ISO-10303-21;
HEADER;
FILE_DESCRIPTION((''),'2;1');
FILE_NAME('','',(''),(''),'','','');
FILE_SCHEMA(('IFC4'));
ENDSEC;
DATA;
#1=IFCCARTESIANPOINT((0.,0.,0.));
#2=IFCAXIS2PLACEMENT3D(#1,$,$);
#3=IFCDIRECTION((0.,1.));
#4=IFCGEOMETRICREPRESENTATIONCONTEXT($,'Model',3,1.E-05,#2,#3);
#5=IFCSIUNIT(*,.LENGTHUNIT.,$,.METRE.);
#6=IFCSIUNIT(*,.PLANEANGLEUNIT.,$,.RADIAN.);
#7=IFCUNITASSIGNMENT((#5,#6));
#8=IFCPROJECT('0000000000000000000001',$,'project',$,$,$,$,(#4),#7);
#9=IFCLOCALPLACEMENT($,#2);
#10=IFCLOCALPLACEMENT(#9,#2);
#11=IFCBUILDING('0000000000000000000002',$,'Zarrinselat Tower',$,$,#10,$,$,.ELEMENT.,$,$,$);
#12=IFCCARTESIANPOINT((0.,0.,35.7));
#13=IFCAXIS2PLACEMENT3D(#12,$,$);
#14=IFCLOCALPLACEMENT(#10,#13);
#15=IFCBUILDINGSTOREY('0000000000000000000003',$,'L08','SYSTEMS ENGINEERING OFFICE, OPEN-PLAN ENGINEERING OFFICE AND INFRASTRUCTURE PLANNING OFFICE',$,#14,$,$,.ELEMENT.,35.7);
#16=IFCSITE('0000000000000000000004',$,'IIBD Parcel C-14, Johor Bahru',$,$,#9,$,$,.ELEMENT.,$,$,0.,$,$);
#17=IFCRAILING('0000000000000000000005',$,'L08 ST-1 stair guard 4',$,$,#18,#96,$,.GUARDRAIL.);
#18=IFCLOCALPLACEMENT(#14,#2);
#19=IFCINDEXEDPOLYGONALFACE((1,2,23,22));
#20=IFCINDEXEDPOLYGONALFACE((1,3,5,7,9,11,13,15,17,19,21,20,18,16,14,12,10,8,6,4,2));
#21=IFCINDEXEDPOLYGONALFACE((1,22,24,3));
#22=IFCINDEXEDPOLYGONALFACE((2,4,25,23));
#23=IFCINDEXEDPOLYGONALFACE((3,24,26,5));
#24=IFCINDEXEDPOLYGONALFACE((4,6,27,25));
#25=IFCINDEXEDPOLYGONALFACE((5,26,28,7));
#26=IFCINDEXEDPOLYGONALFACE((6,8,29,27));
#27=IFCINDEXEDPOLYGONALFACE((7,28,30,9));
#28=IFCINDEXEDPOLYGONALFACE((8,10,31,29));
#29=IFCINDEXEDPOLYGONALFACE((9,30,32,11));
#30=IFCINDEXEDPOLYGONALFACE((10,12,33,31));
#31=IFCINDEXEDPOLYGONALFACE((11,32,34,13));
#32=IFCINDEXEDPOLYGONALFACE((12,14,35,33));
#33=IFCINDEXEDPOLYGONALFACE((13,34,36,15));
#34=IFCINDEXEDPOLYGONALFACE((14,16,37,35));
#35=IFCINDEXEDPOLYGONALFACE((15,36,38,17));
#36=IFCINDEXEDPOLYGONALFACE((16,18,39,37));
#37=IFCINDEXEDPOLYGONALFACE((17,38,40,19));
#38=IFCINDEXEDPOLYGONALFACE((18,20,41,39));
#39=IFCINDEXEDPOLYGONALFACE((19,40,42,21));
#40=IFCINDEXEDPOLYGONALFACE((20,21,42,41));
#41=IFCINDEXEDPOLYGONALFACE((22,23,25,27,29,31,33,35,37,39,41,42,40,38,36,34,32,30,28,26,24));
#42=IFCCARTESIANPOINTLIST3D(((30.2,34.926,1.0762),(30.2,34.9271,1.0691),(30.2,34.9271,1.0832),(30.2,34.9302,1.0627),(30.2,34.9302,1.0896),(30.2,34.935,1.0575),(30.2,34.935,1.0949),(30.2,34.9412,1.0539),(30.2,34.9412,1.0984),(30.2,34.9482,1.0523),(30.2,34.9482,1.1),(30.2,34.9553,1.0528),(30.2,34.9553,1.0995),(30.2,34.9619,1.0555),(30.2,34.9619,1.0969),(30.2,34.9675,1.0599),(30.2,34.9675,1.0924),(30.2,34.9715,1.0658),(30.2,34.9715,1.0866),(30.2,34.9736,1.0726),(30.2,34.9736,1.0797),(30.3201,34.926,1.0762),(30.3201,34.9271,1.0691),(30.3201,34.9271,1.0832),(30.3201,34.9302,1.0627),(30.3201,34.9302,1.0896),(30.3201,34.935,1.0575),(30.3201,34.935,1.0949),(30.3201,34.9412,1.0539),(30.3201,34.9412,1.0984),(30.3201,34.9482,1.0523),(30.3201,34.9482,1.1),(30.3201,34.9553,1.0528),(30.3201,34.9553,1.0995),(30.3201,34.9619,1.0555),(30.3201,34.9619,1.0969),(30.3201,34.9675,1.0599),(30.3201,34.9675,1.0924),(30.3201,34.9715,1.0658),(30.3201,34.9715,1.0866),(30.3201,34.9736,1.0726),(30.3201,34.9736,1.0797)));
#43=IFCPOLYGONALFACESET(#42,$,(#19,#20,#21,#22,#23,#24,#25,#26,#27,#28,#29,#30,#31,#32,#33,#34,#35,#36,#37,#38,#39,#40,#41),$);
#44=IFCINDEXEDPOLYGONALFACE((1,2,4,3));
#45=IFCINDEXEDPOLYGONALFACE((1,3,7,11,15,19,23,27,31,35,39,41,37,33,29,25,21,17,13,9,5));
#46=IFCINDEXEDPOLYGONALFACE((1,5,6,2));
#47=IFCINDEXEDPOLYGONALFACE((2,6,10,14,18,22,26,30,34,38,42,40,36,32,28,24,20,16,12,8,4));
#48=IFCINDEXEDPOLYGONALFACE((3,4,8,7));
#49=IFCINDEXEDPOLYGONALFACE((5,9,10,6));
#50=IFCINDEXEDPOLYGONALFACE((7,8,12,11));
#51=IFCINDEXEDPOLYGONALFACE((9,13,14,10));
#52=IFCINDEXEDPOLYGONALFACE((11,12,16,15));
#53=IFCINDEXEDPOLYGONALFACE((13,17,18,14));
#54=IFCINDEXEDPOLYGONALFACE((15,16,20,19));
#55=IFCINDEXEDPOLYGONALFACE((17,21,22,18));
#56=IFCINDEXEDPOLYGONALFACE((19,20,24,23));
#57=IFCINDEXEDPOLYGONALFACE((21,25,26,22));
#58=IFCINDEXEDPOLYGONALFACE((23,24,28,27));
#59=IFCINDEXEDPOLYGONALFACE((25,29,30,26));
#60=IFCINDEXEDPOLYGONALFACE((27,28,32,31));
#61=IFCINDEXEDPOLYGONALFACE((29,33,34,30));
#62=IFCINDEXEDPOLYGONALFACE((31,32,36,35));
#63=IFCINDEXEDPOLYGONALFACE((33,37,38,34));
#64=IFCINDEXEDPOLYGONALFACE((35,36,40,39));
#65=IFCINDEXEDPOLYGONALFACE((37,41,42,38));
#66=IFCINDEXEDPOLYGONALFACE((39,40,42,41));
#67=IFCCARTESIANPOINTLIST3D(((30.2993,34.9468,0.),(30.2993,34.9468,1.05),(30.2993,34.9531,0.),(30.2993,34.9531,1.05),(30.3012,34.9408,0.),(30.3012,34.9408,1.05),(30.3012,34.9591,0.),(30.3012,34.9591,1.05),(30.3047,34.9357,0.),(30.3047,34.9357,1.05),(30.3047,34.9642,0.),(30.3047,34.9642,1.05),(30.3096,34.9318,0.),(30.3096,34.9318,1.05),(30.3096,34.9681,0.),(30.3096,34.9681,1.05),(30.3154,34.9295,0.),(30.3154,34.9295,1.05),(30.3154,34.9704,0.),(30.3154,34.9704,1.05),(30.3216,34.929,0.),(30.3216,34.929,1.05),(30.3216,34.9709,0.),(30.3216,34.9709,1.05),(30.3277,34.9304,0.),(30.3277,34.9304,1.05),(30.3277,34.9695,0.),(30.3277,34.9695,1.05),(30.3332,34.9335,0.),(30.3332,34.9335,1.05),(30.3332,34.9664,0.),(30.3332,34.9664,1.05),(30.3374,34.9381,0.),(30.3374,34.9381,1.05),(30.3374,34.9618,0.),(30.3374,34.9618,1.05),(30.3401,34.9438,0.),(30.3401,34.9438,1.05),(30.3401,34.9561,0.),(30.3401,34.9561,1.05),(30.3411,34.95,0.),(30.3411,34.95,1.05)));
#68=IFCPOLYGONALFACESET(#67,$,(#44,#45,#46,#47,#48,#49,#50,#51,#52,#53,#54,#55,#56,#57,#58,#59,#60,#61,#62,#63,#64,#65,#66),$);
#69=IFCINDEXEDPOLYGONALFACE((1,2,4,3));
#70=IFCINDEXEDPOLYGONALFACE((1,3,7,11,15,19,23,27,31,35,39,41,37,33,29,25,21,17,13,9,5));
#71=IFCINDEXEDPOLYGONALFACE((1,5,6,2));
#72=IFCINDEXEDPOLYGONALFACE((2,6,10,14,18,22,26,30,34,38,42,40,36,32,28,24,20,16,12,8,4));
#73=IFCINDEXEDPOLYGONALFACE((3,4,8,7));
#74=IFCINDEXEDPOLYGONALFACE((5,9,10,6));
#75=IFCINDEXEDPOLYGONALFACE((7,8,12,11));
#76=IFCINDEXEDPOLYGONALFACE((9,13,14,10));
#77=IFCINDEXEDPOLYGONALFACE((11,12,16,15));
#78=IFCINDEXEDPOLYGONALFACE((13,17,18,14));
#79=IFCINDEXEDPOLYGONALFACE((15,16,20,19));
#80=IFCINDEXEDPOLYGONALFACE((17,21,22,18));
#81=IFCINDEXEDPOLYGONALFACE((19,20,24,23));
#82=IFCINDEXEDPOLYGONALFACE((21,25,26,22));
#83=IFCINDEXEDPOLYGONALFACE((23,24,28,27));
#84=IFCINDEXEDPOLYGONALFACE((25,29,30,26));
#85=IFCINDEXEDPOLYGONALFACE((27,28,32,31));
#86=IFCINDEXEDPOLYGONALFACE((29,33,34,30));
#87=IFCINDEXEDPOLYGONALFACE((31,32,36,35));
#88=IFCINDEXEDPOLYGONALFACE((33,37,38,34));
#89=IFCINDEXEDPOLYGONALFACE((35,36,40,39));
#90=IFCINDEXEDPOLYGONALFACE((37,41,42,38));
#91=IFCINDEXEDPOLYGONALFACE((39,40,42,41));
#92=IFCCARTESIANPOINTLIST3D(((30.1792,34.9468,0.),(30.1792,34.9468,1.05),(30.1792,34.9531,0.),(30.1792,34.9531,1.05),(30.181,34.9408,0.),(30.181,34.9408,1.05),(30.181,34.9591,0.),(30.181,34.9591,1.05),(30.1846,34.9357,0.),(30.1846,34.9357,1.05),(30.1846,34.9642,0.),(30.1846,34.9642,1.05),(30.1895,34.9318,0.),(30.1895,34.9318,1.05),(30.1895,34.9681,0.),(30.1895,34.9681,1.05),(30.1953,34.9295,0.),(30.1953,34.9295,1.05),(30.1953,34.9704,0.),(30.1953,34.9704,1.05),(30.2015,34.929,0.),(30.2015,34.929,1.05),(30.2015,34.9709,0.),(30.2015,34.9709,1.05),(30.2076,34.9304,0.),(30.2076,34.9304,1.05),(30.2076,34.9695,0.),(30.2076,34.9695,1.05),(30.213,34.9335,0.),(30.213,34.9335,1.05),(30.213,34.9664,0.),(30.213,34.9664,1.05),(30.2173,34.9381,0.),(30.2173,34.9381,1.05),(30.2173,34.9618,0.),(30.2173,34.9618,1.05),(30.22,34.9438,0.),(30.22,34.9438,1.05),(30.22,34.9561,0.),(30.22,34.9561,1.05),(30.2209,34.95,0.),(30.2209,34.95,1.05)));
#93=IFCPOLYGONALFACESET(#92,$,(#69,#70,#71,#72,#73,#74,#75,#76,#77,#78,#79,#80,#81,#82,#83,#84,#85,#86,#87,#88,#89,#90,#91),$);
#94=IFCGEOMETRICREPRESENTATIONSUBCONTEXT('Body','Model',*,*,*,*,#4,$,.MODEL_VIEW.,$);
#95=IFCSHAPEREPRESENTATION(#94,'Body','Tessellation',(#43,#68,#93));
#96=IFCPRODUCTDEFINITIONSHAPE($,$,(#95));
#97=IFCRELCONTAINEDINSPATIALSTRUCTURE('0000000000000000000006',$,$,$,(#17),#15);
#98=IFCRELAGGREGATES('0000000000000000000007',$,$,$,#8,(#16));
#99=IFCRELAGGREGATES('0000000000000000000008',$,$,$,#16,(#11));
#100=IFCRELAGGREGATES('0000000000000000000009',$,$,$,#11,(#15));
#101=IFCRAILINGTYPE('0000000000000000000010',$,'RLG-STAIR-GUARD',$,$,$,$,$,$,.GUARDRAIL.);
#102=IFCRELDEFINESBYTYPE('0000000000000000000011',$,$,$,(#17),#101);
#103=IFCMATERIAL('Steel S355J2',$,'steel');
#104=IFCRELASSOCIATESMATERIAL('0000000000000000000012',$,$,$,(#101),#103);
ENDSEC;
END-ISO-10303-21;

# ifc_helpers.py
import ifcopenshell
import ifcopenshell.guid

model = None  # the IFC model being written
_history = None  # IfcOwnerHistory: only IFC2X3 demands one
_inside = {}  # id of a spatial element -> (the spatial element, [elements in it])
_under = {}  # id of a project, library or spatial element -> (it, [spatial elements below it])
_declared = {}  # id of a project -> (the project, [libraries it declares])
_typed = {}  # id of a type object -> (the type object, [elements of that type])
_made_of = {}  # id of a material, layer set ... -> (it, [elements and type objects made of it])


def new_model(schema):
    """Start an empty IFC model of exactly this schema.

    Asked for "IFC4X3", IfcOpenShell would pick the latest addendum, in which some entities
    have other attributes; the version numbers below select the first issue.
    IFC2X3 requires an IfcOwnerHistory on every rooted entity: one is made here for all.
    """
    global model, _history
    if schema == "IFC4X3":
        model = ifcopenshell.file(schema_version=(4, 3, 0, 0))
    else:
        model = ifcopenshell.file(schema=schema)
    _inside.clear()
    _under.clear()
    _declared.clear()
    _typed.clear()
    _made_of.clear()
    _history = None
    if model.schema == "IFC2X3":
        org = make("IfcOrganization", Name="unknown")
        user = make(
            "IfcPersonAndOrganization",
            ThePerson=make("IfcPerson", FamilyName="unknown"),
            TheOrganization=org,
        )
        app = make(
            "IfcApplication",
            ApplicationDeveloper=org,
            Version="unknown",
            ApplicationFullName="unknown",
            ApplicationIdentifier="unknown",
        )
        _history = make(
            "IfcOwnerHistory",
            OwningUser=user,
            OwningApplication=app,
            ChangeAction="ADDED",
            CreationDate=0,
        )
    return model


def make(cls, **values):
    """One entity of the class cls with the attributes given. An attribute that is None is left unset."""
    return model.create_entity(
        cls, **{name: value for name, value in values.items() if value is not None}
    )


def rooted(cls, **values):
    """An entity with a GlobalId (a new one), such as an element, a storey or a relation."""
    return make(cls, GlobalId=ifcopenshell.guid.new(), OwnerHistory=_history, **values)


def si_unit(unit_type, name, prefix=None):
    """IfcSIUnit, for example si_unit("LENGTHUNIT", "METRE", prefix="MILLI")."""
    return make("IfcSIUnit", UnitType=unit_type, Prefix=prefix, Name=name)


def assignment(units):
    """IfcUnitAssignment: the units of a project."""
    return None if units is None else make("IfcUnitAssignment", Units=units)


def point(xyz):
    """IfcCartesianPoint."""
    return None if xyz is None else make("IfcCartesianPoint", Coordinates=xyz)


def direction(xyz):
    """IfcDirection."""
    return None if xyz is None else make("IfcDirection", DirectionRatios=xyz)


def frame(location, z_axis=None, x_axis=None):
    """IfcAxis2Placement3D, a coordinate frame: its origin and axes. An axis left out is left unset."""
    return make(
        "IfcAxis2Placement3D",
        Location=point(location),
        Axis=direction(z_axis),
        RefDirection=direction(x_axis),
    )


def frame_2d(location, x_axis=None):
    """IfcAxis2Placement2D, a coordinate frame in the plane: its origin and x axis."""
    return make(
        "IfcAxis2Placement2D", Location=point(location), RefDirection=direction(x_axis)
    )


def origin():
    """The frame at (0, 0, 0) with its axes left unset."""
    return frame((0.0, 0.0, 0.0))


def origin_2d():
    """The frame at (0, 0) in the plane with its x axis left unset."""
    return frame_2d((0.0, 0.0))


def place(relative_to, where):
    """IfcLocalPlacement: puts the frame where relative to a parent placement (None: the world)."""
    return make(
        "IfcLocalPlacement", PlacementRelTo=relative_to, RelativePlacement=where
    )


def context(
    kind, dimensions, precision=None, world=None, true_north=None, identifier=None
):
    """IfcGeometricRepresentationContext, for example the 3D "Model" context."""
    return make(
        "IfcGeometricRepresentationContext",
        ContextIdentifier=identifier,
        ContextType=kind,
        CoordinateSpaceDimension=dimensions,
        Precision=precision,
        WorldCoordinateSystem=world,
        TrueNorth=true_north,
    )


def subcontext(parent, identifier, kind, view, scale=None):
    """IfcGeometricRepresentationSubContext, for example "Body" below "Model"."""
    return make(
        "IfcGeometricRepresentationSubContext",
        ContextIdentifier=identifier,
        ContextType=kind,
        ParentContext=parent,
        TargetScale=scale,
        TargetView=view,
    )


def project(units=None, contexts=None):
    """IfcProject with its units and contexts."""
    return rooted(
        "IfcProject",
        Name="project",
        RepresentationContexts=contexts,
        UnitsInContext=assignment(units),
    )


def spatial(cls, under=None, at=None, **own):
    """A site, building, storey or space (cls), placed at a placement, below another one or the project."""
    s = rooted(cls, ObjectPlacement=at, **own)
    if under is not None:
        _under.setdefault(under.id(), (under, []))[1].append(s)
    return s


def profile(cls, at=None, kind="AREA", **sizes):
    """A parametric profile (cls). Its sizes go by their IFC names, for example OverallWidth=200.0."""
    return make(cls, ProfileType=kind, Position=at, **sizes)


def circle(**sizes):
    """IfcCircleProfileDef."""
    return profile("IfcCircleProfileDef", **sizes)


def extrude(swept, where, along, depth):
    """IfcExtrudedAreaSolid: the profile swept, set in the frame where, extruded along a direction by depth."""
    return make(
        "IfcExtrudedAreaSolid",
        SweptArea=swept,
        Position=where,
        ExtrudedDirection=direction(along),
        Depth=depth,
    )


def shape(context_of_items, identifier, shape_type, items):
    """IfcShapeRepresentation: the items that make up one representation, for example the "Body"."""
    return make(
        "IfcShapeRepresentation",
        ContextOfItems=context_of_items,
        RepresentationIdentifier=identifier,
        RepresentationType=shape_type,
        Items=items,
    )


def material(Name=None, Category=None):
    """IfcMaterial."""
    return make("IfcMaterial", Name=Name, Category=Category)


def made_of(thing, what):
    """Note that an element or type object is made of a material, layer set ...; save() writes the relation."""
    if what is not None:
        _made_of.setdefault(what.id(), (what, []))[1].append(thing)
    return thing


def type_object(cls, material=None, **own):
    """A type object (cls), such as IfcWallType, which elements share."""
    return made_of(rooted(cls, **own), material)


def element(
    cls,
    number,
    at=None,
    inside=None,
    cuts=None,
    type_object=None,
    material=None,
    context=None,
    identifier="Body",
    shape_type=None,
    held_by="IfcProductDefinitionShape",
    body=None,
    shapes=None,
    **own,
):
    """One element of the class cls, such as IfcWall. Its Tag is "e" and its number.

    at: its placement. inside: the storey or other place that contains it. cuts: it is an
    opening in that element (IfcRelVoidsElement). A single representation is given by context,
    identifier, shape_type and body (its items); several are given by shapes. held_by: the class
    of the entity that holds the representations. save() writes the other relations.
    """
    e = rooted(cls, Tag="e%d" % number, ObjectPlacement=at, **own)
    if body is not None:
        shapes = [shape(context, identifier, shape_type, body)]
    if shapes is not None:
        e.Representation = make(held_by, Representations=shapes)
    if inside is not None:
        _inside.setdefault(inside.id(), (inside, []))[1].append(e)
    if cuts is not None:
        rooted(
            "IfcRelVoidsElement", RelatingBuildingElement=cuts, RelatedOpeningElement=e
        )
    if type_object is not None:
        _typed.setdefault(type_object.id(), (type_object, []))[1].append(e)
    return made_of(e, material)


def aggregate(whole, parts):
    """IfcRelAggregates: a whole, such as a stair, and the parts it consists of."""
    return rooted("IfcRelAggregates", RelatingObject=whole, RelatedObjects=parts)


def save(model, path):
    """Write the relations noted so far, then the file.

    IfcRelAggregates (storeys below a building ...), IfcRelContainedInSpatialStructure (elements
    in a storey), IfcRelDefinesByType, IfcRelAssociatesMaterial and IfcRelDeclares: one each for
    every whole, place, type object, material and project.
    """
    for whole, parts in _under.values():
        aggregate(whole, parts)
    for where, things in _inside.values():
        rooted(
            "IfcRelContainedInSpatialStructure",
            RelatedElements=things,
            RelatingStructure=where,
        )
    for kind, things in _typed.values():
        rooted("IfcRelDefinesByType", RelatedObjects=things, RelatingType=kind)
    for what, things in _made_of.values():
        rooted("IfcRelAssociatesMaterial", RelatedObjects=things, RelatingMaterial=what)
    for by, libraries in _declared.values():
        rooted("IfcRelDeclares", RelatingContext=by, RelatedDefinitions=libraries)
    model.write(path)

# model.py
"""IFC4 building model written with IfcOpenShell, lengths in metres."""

from ifc_helpers import new_model, si_unit, direction, frame, origin, origin_2d, place, context, subcontext, project, spatial, circle, extrude, material, type_object, element, save


model = new_model("IFC4")

# Units and contexts
model_context = context("Model", 3, precision=1e-05, world=origin(), true_north=direction((0.0, 1.0)))
body_context = subcontext(model_context, "Body", "Model", "MODEL_VIEW")
ifc_project = project(units=[si_unit("LENGTHUNIT", "METRE"), si_unit("PLANEANGLEUNIT", "RADIAN")], contexts=[model_context])

# Site, building, storey
site_placement = place(None, origin())
site = spatial("IfcSite", under=ifc_project, at=site_placement, Name="IIBD Parcel C-14, Johor Bahru", CompositionType="ELEMENT", RefElevation=0.0)
building_placement = place(site_placement, origin())
building = spatial("IfcBuilding", under=site, at=building_placement, Name="Zarrinselat Tower", CompositionType="ELEMENT")
storey_placement = place(building_placement, frame((0.0, 0.0, 35.7)))
storey = spatial("IfcBuildingStorey", under=building, at=storey_placement, Name="L08", Description="SYSTEMS ENGINEERING OFFICE, OPEN-PLAN ENGINEERING OFFICE AND INFRASTRUCTURE PLANNING OFFICE", CompositionType="ELEMENT", Elevation=35.7)

# Railing
ifc_material_1 = material(Name="Steel S355J2", Category="steel")
railing_type_1 = type_object("IfcRailingType", Name="RLG-STAIR-GUARD", PredefinedType="GUARDRAIL", material=ifc_material_1)
railing_1_placement = place(storey_placement, frame((30.3201, 34.95, 0.0)))
element("IfcRailing", 1, at=railing_1_placement, inside=storey, type_object=railing_type_1, Name="L08 ST-1 stair guard 4", PredefinedType="GUARDRAIL", context=body_context, shape_type="SweptSolid", body=[
    extrude(circle(Radius=0.0239, at=origin_2d()), frame((0.0, 0.0, 1.0762), z_axis=(-1.0, 0.0, 0.0), x_axis=(0.0, -1.0, 0.0)), (0.0, 0.0, 1.0), 0.1201),
    extrude(circle(Radius=0.021, at=origin_2d()), origin(), (0.0, 0.0, 1.0), 1.05),
    extrude(circle(Radius=0.021, at=origin_2d()), frame((-0.1201, 0.0, 0.0)), (0.0, 0.0, 1.0), 1.05),
])

save(model, "model.ifc")
